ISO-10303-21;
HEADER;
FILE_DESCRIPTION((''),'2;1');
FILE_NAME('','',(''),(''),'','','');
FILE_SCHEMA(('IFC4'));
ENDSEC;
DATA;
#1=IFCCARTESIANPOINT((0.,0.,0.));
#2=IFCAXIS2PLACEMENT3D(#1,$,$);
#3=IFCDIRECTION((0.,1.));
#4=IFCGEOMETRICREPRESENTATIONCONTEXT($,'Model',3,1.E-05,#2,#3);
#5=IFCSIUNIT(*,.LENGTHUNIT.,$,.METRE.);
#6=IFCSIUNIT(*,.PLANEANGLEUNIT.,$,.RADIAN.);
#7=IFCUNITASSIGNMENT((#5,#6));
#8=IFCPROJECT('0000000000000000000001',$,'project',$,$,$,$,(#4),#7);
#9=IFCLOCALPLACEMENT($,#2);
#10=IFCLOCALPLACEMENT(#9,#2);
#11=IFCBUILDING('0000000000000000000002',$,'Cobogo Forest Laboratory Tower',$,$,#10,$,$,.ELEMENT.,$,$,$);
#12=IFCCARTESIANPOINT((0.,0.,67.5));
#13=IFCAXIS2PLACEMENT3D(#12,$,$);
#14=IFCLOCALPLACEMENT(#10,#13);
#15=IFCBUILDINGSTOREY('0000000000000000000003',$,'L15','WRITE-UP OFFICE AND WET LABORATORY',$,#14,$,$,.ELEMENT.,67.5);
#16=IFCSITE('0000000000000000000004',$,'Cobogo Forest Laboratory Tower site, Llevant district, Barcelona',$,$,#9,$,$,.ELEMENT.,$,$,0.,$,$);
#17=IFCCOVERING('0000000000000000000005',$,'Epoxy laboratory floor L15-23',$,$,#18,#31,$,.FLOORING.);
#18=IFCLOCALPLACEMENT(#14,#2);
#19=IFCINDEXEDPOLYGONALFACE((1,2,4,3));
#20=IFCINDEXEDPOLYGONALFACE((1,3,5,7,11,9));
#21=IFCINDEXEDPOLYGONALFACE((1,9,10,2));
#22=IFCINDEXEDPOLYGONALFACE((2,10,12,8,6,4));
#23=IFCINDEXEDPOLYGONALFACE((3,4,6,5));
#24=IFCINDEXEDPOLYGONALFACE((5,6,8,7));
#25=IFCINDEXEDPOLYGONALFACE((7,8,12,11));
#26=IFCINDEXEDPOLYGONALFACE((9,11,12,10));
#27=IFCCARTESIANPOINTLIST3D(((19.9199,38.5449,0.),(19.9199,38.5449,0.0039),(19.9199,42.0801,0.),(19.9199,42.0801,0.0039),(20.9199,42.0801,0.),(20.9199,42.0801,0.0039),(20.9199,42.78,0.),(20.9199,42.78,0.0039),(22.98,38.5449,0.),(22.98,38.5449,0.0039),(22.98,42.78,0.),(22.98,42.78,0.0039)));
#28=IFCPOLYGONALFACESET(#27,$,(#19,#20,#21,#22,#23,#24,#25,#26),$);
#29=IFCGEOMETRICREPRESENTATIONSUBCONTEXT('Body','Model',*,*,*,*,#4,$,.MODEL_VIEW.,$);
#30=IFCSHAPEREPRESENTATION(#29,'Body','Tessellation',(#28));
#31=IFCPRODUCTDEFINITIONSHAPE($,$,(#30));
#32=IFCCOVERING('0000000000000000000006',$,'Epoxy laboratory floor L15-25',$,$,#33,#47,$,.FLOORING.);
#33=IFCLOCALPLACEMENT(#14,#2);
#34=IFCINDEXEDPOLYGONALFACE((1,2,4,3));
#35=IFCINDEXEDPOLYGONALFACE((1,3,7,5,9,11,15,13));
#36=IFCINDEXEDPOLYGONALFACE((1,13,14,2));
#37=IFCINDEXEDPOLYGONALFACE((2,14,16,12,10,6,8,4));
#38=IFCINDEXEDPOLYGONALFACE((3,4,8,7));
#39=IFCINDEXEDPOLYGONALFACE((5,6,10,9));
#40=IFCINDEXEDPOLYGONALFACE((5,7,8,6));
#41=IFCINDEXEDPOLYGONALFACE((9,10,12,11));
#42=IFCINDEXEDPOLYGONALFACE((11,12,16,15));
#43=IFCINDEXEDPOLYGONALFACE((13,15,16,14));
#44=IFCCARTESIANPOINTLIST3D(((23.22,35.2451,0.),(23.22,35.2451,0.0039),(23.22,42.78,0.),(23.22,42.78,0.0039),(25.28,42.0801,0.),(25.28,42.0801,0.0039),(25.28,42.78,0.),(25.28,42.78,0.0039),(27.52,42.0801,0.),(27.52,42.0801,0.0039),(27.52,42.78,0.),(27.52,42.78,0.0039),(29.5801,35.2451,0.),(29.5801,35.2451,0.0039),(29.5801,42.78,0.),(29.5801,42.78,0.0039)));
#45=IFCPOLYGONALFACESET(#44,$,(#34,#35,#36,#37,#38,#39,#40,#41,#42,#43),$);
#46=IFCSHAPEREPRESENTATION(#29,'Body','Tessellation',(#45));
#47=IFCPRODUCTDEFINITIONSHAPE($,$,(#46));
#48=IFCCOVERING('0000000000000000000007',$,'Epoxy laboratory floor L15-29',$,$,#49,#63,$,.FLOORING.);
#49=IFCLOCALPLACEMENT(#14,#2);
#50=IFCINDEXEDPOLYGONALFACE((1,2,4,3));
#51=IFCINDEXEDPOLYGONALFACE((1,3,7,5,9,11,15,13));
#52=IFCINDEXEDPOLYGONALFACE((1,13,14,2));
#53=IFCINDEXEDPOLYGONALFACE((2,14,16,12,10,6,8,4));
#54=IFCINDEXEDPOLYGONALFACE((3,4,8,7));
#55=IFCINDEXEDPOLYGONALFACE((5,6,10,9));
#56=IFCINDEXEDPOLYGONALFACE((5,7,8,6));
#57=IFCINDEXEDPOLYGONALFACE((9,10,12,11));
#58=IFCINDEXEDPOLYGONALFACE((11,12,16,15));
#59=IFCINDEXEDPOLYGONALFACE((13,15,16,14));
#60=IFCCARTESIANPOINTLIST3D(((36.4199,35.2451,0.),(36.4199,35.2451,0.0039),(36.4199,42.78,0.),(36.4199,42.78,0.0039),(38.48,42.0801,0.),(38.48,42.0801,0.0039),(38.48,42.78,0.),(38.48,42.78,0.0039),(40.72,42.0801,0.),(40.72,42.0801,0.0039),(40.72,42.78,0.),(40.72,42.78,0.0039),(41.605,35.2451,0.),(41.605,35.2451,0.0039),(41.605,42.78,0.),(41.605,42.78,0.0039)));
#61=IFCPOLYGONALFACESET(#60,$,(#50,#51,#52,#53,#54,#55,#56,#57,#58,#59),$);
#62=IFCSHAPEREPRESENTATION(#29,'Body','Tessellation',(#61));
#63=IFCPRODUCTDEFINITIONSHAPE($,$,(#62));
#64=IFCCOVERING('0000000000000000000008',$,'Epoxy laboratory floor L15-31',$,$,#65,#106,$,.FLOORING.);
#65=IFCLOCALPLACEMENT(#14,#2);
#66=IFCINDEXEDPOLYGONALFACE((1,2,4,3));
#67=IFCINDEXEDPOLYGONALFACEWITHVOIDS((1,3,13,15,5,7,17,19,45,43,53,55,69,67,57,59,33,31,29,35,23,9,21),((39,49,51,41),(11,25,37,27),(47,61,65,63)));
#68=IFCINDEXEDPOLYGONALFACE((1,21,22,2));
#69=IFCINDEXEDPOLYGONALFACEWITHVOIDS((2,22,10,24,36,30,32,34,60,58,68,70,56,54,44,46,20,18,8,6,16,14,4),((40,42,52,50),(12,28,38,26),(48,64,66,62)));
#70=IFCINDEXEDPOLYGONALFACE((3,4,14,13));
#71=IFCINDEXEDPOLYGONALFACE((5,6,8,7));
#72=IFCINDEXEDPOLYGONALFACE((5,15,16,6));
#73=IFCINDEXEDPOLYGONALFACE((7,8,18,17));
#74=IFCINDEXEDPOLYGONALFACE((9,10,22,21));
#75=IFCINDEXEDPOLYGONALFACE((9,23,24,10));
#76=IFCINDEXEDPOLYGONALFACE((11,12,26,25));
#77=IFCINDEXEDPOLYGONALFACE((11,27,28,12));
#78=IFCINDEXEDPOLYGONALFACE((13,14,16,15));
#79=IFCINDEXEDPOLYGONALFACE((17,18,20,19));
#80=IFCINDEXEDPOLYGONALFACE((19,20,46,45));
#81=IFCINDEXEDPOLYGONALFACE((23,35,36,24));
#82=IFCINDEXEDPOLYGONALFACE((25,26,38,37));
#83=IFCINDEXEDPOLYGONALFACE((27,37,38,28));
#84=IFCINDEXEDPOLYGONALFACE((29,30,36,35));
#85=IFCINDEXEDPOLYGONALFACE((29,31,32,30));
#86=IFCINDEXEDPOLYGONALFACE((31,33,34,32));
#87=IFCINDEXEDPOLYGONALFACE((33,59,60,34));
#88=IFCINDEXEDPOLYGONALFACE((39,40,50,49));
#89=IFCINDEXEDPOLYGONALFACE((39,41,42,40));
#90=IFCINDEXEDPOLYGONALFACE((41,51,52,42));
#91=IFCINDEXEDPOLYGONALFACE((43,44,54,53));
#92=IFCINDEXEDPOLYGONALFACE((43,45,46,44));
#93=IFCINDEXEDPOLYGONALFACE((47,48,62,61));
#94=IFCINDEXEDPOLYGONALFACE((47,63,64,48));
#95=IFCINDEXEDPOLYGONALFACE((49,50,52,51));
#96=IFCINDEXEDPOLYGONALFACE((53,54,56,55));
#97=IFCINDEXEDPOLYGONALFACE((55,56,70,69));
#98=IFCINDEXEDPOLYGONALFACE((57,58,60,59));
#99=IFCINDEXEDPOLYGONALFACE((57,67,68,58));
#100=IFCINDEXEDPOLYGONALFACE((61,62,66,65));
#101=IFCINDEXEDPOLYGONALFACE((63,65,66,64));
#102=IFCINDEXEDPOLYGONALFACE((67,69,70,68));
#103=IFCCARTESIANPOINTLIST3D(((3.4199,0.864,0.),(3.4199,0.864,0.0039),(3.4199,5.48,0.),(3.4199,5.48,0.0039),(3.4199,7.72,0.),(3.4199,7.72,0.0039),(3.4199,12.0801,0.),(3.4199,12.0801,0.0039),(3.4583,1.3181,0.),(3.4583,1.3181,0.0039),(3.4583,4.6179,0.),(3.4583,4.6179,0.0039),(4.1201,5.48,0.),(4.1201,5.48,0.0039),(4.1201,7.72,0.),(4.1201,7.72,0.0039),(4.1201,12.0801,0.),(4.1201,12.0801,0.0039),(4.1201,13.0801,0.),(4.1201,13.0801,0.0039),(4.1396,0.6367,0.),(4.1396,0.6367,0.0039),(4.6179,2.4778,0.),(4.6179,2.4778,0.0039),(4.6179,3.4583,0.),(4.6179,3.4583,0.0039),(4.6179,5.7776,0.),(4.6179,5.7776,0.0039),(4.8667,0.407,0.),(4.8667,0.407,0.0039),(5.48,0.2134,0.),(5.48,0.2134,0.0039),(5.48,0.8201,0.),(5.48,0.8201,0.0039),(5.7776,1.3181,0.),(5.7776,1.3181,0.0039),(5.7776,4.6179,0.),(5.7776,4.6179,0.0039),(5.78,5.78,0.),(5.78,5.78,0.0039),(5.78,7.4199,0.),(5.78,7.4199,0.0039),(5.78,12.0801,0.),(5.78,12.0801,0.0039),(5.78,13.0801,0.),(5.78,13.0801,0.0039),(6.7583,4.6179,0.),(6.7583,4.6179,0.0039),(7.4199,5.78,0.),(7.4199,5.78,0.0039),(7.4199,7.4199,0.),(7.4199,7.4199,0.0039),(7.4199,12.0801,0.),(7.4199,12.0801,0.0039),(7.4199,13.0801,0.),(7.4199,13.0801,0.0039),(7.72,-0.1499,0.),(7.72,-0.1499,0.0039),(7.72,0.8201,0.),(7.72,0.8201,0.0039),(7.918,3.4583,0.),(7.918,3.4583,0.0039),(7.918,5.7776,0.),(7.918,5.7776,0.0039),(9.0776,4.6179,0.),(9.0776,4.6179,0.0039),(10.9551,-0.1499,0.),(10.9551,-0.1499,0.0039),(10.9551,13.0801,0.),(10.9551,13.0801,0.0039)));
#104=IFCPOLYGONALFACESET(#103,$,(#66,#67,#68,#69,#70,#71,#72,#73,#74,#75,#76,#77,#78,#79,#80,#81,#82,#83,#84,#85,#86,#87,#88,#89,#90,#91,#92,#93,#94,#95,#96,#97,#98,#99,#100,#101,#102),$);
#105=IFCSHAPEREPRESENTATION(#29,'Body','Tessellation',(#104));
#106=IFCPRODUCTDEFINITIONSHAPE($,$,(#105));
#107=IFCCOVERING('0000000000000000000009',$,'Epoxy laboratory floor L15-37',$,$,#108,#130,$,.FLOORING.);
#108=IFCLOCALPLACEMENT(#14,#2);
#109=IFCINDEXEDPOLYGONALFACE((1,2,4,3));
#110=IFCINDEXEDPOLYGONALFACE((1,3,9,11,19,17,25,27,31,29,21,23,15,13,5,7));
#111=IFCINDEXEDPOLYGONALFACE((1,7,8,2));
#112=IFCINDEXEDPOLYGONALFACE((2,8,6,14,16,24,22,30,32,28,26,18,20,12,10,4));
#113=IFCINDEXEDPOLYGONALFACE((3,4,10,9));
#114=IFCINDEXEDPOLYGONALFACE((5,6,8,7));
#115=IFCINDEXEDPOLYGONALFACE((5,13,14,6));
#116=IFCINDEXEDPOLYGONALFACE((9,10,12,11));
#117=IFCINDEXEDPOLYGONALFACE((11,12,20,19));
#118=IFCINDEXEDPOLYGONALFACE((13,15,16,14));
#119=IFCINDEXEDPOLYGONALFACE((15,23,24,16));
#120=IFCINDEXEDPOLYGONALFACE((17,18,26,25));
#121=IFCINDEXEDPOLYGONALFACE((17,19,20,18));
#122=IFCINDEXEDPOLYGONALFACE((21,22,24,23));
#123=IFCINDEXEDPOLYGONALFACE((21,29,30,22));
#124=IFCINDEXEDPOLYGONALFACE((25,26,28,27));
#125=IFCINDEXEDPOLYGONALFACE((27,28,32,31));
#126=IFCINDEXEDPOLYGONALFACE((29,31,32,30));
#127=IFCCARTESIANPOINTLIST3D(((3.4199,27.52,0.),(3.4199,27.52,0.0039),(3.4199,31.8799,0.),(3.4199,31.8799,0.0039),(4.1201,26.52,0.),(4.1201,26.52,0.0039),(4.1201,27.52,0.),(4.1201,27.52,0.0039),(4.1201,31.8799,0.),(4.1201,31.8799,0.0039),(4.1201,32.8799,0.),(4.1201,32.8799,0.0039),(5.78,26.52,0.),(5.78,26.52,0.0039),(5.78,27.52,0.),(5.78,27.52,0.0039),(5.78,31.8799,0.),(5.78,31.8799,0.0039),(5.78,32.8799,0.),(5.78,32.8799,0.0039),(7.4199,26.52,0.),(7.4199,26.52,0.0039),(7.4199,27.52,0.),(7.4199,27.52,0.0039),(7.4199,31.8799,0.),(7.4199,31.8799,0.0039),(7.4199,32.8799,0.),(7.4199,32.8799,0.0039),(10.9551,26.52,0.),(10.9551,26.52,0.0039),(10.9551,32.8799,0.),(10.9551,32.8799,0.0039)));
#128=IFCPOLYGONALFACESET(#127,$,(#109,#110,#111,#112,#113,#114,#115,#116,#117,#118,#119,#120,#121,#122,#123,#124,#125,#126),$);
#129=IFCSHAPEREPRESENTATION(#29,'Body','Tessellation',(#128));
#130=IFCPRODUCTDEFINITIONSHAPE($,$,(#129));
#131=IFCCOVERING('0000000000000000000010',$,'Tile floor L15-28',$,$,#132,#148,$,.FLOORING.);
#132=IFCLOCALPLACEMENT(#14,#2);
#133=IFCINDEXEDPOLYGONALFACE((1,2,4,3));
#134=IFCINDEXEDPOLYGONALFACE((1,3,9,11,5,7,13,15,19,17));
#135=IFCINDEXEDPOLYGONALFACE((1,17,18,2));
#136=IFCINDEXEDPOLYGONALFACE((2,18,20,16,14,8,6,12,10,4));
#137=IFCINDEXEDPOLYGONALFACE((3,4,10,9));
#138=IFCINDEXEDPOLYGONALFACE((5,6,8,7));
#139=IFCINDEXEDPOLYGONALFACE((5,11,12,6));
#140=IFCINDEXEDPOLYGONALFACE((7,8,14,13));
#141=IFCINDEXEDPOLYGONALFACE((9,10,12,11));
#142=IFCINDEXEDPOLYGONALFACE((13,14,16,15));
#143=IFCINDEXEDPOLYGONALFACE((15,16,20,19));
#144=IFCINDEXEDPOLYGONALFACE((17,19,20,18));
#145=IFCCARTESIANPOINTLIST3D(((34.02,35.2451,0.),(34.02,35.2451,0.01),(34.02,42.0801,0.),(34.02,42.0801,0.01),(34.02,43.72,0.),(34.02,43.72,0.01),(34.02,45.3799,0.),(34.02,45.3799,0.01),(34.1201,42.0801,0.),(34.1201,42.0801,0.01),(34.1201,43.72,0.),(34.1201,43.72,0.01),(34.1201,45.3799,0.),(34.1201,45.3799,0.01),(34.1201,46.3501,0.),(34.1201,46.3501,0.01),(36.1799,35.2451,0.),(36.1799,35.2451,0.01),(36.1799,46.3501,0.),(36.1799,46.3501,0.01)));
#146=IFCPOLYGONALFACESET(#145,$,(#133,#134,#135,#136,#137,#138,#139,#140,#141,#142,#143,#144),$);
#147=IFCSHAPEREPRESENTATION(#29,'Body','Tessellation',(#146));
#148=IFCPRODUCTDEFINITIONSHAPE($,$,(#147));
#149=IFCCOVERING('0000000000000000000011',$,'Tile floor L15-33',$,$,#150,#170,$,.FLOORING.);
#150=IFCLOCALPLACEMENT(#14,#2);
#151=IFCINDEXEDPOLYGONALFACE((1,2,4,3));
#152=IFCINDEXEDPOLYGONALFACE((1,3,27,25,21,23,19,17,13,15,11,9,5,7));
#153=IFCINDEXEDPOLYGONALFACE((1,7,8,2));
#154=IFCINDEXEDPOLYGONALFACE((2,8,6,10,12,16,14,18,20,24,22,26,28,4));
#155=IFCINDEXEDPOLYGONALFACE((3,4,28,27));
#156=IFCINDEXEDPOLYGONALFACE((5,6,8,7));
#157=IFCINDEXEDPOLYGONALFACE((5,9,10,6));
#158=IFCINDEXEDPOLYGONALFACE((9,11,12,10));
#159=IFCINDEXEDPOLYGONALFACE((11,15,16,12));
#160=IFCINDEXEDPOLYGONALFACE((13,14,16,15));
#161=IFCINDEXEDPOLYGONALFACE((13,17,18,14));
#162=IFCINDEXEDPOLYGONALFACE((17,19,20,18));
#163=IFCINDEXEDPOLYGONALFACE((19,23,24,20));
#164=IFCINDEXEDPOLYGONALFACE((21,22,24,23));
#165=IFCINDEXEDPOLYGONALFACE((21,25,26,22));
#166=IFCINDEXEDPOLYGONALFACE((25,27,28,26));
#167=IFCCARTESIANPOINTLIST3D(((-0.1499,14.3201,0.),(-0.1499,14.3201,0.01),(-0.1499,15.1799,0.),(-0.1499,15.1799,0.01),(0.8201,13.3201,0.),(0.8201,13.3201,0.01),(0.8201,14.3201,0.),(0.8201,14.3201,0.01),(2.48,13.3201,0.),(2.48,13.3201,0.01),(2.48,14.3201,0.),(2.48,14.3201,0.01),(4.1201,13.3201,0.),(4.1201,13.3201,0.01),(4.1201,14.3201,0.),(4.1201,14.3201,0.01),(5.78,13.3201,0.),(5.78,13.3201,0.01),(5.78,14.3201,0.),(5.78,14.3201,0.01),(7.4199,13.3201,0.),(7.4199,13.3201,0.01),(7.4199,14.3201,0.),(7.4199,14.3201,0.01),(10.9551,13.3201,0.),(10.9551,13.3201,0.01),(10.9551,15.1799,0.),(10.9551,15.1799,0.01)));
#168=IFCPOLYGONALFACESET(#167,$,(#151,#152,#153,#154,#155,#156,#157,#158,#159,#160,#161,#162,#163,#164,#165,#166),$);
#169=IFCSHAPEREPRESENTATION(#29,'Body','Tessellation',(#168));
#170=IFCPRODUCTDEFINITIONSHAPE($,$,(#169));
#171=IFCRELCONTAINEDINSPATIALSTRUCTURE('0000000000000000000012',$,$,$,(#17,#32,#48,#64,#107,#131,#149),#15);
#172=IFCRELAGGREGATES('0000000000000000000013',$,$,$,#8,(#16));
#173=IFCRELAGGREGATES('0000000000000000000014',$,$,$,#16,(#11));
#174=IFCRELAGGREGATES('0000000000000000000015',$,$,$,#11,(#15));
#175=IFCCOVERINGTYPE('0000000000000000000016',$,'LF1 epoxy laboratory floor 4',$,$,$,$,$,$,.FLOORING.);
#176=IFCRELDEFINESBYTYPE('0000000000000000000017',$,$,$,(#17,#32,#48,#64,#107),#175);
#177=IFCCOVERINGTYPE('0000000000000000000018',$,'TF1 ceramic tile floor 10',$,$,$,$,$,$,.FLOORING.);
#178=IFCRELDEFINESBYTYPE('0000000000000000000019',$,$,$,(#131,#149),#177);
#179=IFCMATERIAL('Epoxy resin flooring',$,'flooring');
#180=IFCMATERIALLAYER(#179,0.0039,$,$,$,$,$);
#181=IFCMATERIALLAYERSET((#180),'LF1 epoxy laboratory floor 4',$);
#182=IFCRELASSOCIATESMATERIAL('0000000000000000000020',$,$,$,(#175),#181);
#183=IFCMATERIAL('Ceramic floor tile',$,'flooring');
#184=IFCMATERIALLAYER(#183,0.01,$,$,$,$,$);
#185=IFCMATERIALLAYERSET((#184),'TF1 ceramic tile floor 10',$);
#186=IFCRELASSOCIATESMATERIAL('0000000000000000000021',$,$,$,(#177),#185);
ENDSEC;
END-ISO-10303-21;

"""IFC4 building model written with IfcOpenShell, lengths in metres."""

from ifc_helpers import new_model, si_unit, direction, frame, origin, place, context, subcontext, project, spatial, polyline, outline, extrude, material, layer, layer_set, type_object, element, save


model = new_model("IFC4")

# Units and contexts
model_context = context("Model", 3, precision=1e-05, world=origin(), true_north=direction((0.0, 1.0)))
body_context = subcontext(model_context, "Body", "Model", "MODEL_VIEW")
ifc_project = project(units=[si_unit("LENGTHUNIT", "METRE"), si_unit("PLANEANGLEUNIT", "RADIAN")], contexts=[model_context])

# Site, building, storey
site_placement = place(None, origin())
site = spatial("IfcSite", under=ifc_project, at=site_placement, Name="Cobogo Forest Laboratory Tower site, Llevant district, Barcelona", CompositionType="ELEMENT", RefElevation=0.0)
building_placement = place(site_placement, origin())
building = spatial("IfcBuilding", under=site, at=building_placement, Name="Cobogo Forest Laboratory Tower", CompositionType="ELEMENT")
storey_placement = place(building_placement, frame((0.0, 0.0, 67.5)))
storey = spatial("IfcBuildingStorey", under=building, at=storey_placement, Name="L15", Description="WRITE-UP OFFICE AND WET LABORATORY", CompositionType="ELEMENT", Elevation=67.5)

# Coverings
ifc_material_1 = material(Name="Epoxy resin flooring", Category="flooring")
ifc_layer_1 = layer(ifc_material_1, 0.0039)
ifc_layer_set_1 = layer_set([ifc_layer_1], Name="LF1 epoxy laboratory floor 4")
covering_type_1 = type_object("IfcCoveringType", Name="LF1 epoxy laboratory floor 4", PredefinedType="FLOORING", material=ifc_layer_set_1)
covering_1_placement = place(storey_placement, origin())
element("IfcCovering", 1, at=covering_1_placement, inside=storey, type_object=covering_type_1, Name="Epoxy laboratory floor L15-23", PredefinedType="FLOORING", context=body_context, shape_type="SweptSolid", body=[
    extrude(outline(polyline([(19.9199, 42.0801), (20.9199, 42.0801), (20.9199, 42.78), (22.98, 42.78), (22.98, 38.5449), (19.9199, 38.5449), (19.9199, 42.0801)])), origin(), (0.0, 0.0, 1.0), 0.0039),
])
covering_2_placement = place(storey_placement, origin())
element("IfcCovering", 2, at=covering_2_placement, inside=storey, type_object=covering_type_1, Name="Epoxy laboratory floor L15-25", PredefinedType="FLOORING", context=body_context, shape_type="SweptSolid", body=[
    extrude(outline(polyline([(23.22, 42.78), (25.28, 42.78), (25.28, 42.0801), (27.52, 42.0801), (27.52, 42.78), (29.5801, 42.78), (29.5801, 35.2451), (23.22, 35.2451), (23.22, 42.78)])), origin(), (0.0, 0.0, 1.0), 0.0039),
])
covering_3_placement = place(storey_placement, origin())
element("IfcCovering", 3, at=covering_3_placement, inside=storey, type_object=covering_type_1, Name="Epoxy laboratory floor L15-29", PredefinedType="FLOORING", context=body_context, shape_type="SweptSolid", body=[
    extrude(outline(polyline([(36.4199, 42.78), (38.48, 42.78), (38.48, 42.0801), (40.72, 42.0801), (40.72, 42.78), (41.605, 42.78), (41.605, 35.2451), (36.4199, 35.2451), (36.4199, 42.78)])), origin(), (0.0, 0.0, 1.0), 0.0039),
])
covering_4_placement = place(storey_placement, origin())
element("IfcCovering", 4, at=covering_4_placement, inside=storey, type_object=covering_type_1, Name="Epoxy laboratory floor L15-31", PredefinedType="FLOORING", context=body_context, shape_type="SweptSolid", body=[
    extrude(outline(polyline([(5.78, 13.0801), (5.78, 12.0801), (7.4199, 12.0801), (7.4199, 13.0801), (10.9551, 13.0801), (10.9551, -0.1499), (7.72, -0.1499), (7.72, 0.8201), (5.48, 0.8201), (5.48, 0.2134), (4.8667, 0.407), (5.7776, 1.3181), (4.6179, 2.4778), (3.4583, 1.3181), (4.1396, 0.6367), (3.4199, 0.864), (3.4199, 5.48), (4.1201, 5.48), (4.1201, 7.72), (3.4199, 7.72), (3.4199, 12.0801), (4.1201, 12.0801), (4.1201, 13.0801), (5.78, 13.0801)]), holes=[polyline([(7.918, 5.7776), (6.7583, 4.6179), (7.918, 3.4583), (9.0776, 4.6179), (7.918, 5.7776)]), polyline([(5.78, 7.4199), (5.78, 5.78), (7.4199, 5.78), (7.4199, 7.4199), (5.78, 7.4199)]), polyline([(3.4583, 4.6179), (4.6179, 3.4583), (5.7776, 4.6179), (4.6179, 5.7776), (3.4583, 4.6179)])]), origin(), (0.0, 0.0, 1.0), 0.0039),
])
covering_5_placement = place(storey_placement, origin())
element("IfcCovering", 5, at=covering_5_placement, inside=storey, type_object=covering_type_1, Name="Epoxy laboratory floor L15-37", PredefinedType="FLOORING", context=body_context, shape_type="SweptSolid", body=[
    extrude(outline(polyline([(3.4199, 31.8799), (4.1201, 31.8799), (4.1201, 32.8799), (5.78, 32.8799), (5.78, 31.8799), (7.4199, 31.8799), (7.4199, 32.8799), (10.9551, 32.8799), (10.9551, 26.52), (7.4199, 26.52), (7.4199, 27.52), (5.78, 27.52), (5.78, 26.52), (4.1201, 26.52), (4.1201, 27.52), (3.4199, 27.52), (3.4199, 31.8799)])), origin(), (0.0, 0.0, 1.0), 0.0039),
])
ifc_material_2 = material(Name="Ceramic floor tile", Category="flooring")
ifc_layer_2 = layer(ifc_material_2, 0.01)
ifc_layer_set_2 = layer_set([ifc_layer_2], Name="TF1 ceramic tile floor 10")
covering_type_2 = type_object("IfcCoveringType", Name="TF1 ceramic tile floor 10", PredefinedType="FLOORING", material=ifc_layer_set_2)
covering_6_placement = place(storey_placement, origin())
element("IfcCovering", 6, at=covering_6_placement, inside=storey, type_object=covering_type_2, Name="Tile floor L15-28", PredefinedType="FLOORING", context=body_context, shape_type="SweptSolid", body=[
    extrude(outline(polyline([(34.02, 35.2451), (34.02, 42.0801), (34.1201, 42.0801), (34.1201, 43.72), (34.02, 43.72), (34.02, 45.3799), (34.1201, 45.3799), (34.1201, 46.3501), (36.1799, 46.3501), (36.1799, 35.2451), (34.02, 35.2451)])), origin(), (0.0, 0.0, 1.0), 0.01),
])
covering_7_placement = place(storey_placement, origin())
element("IfcCovering", 7, at=covering_7_placement, inside=storey, type_object=covering_type_2, Name="Tile floor L15-33", PredefinedType="FLOORING", context=body_context, shape_type="SweptSolid", body=[
    extrude(outline(polyline([(10.9551, 13.3201), (7.4199, 13.3201), (7.4199, 14.3201), (5.78, 14.3201), (5.78, 13.3201), (4.1201, 13.3201), (4.1201, 14.3201), (2.48, 14.3201), (2.48, 13.3201), (0.8201, 13.3201), (0.8201, 14.3201), (-0.1499, 14.3201), (-0.1499, 15.1799), (10.9551, 15.1799), (10.9551, 13.3201)])), origin(), (0.0, 0.0, 1.0), 0.01),
])

save(model, "model.ifc")
